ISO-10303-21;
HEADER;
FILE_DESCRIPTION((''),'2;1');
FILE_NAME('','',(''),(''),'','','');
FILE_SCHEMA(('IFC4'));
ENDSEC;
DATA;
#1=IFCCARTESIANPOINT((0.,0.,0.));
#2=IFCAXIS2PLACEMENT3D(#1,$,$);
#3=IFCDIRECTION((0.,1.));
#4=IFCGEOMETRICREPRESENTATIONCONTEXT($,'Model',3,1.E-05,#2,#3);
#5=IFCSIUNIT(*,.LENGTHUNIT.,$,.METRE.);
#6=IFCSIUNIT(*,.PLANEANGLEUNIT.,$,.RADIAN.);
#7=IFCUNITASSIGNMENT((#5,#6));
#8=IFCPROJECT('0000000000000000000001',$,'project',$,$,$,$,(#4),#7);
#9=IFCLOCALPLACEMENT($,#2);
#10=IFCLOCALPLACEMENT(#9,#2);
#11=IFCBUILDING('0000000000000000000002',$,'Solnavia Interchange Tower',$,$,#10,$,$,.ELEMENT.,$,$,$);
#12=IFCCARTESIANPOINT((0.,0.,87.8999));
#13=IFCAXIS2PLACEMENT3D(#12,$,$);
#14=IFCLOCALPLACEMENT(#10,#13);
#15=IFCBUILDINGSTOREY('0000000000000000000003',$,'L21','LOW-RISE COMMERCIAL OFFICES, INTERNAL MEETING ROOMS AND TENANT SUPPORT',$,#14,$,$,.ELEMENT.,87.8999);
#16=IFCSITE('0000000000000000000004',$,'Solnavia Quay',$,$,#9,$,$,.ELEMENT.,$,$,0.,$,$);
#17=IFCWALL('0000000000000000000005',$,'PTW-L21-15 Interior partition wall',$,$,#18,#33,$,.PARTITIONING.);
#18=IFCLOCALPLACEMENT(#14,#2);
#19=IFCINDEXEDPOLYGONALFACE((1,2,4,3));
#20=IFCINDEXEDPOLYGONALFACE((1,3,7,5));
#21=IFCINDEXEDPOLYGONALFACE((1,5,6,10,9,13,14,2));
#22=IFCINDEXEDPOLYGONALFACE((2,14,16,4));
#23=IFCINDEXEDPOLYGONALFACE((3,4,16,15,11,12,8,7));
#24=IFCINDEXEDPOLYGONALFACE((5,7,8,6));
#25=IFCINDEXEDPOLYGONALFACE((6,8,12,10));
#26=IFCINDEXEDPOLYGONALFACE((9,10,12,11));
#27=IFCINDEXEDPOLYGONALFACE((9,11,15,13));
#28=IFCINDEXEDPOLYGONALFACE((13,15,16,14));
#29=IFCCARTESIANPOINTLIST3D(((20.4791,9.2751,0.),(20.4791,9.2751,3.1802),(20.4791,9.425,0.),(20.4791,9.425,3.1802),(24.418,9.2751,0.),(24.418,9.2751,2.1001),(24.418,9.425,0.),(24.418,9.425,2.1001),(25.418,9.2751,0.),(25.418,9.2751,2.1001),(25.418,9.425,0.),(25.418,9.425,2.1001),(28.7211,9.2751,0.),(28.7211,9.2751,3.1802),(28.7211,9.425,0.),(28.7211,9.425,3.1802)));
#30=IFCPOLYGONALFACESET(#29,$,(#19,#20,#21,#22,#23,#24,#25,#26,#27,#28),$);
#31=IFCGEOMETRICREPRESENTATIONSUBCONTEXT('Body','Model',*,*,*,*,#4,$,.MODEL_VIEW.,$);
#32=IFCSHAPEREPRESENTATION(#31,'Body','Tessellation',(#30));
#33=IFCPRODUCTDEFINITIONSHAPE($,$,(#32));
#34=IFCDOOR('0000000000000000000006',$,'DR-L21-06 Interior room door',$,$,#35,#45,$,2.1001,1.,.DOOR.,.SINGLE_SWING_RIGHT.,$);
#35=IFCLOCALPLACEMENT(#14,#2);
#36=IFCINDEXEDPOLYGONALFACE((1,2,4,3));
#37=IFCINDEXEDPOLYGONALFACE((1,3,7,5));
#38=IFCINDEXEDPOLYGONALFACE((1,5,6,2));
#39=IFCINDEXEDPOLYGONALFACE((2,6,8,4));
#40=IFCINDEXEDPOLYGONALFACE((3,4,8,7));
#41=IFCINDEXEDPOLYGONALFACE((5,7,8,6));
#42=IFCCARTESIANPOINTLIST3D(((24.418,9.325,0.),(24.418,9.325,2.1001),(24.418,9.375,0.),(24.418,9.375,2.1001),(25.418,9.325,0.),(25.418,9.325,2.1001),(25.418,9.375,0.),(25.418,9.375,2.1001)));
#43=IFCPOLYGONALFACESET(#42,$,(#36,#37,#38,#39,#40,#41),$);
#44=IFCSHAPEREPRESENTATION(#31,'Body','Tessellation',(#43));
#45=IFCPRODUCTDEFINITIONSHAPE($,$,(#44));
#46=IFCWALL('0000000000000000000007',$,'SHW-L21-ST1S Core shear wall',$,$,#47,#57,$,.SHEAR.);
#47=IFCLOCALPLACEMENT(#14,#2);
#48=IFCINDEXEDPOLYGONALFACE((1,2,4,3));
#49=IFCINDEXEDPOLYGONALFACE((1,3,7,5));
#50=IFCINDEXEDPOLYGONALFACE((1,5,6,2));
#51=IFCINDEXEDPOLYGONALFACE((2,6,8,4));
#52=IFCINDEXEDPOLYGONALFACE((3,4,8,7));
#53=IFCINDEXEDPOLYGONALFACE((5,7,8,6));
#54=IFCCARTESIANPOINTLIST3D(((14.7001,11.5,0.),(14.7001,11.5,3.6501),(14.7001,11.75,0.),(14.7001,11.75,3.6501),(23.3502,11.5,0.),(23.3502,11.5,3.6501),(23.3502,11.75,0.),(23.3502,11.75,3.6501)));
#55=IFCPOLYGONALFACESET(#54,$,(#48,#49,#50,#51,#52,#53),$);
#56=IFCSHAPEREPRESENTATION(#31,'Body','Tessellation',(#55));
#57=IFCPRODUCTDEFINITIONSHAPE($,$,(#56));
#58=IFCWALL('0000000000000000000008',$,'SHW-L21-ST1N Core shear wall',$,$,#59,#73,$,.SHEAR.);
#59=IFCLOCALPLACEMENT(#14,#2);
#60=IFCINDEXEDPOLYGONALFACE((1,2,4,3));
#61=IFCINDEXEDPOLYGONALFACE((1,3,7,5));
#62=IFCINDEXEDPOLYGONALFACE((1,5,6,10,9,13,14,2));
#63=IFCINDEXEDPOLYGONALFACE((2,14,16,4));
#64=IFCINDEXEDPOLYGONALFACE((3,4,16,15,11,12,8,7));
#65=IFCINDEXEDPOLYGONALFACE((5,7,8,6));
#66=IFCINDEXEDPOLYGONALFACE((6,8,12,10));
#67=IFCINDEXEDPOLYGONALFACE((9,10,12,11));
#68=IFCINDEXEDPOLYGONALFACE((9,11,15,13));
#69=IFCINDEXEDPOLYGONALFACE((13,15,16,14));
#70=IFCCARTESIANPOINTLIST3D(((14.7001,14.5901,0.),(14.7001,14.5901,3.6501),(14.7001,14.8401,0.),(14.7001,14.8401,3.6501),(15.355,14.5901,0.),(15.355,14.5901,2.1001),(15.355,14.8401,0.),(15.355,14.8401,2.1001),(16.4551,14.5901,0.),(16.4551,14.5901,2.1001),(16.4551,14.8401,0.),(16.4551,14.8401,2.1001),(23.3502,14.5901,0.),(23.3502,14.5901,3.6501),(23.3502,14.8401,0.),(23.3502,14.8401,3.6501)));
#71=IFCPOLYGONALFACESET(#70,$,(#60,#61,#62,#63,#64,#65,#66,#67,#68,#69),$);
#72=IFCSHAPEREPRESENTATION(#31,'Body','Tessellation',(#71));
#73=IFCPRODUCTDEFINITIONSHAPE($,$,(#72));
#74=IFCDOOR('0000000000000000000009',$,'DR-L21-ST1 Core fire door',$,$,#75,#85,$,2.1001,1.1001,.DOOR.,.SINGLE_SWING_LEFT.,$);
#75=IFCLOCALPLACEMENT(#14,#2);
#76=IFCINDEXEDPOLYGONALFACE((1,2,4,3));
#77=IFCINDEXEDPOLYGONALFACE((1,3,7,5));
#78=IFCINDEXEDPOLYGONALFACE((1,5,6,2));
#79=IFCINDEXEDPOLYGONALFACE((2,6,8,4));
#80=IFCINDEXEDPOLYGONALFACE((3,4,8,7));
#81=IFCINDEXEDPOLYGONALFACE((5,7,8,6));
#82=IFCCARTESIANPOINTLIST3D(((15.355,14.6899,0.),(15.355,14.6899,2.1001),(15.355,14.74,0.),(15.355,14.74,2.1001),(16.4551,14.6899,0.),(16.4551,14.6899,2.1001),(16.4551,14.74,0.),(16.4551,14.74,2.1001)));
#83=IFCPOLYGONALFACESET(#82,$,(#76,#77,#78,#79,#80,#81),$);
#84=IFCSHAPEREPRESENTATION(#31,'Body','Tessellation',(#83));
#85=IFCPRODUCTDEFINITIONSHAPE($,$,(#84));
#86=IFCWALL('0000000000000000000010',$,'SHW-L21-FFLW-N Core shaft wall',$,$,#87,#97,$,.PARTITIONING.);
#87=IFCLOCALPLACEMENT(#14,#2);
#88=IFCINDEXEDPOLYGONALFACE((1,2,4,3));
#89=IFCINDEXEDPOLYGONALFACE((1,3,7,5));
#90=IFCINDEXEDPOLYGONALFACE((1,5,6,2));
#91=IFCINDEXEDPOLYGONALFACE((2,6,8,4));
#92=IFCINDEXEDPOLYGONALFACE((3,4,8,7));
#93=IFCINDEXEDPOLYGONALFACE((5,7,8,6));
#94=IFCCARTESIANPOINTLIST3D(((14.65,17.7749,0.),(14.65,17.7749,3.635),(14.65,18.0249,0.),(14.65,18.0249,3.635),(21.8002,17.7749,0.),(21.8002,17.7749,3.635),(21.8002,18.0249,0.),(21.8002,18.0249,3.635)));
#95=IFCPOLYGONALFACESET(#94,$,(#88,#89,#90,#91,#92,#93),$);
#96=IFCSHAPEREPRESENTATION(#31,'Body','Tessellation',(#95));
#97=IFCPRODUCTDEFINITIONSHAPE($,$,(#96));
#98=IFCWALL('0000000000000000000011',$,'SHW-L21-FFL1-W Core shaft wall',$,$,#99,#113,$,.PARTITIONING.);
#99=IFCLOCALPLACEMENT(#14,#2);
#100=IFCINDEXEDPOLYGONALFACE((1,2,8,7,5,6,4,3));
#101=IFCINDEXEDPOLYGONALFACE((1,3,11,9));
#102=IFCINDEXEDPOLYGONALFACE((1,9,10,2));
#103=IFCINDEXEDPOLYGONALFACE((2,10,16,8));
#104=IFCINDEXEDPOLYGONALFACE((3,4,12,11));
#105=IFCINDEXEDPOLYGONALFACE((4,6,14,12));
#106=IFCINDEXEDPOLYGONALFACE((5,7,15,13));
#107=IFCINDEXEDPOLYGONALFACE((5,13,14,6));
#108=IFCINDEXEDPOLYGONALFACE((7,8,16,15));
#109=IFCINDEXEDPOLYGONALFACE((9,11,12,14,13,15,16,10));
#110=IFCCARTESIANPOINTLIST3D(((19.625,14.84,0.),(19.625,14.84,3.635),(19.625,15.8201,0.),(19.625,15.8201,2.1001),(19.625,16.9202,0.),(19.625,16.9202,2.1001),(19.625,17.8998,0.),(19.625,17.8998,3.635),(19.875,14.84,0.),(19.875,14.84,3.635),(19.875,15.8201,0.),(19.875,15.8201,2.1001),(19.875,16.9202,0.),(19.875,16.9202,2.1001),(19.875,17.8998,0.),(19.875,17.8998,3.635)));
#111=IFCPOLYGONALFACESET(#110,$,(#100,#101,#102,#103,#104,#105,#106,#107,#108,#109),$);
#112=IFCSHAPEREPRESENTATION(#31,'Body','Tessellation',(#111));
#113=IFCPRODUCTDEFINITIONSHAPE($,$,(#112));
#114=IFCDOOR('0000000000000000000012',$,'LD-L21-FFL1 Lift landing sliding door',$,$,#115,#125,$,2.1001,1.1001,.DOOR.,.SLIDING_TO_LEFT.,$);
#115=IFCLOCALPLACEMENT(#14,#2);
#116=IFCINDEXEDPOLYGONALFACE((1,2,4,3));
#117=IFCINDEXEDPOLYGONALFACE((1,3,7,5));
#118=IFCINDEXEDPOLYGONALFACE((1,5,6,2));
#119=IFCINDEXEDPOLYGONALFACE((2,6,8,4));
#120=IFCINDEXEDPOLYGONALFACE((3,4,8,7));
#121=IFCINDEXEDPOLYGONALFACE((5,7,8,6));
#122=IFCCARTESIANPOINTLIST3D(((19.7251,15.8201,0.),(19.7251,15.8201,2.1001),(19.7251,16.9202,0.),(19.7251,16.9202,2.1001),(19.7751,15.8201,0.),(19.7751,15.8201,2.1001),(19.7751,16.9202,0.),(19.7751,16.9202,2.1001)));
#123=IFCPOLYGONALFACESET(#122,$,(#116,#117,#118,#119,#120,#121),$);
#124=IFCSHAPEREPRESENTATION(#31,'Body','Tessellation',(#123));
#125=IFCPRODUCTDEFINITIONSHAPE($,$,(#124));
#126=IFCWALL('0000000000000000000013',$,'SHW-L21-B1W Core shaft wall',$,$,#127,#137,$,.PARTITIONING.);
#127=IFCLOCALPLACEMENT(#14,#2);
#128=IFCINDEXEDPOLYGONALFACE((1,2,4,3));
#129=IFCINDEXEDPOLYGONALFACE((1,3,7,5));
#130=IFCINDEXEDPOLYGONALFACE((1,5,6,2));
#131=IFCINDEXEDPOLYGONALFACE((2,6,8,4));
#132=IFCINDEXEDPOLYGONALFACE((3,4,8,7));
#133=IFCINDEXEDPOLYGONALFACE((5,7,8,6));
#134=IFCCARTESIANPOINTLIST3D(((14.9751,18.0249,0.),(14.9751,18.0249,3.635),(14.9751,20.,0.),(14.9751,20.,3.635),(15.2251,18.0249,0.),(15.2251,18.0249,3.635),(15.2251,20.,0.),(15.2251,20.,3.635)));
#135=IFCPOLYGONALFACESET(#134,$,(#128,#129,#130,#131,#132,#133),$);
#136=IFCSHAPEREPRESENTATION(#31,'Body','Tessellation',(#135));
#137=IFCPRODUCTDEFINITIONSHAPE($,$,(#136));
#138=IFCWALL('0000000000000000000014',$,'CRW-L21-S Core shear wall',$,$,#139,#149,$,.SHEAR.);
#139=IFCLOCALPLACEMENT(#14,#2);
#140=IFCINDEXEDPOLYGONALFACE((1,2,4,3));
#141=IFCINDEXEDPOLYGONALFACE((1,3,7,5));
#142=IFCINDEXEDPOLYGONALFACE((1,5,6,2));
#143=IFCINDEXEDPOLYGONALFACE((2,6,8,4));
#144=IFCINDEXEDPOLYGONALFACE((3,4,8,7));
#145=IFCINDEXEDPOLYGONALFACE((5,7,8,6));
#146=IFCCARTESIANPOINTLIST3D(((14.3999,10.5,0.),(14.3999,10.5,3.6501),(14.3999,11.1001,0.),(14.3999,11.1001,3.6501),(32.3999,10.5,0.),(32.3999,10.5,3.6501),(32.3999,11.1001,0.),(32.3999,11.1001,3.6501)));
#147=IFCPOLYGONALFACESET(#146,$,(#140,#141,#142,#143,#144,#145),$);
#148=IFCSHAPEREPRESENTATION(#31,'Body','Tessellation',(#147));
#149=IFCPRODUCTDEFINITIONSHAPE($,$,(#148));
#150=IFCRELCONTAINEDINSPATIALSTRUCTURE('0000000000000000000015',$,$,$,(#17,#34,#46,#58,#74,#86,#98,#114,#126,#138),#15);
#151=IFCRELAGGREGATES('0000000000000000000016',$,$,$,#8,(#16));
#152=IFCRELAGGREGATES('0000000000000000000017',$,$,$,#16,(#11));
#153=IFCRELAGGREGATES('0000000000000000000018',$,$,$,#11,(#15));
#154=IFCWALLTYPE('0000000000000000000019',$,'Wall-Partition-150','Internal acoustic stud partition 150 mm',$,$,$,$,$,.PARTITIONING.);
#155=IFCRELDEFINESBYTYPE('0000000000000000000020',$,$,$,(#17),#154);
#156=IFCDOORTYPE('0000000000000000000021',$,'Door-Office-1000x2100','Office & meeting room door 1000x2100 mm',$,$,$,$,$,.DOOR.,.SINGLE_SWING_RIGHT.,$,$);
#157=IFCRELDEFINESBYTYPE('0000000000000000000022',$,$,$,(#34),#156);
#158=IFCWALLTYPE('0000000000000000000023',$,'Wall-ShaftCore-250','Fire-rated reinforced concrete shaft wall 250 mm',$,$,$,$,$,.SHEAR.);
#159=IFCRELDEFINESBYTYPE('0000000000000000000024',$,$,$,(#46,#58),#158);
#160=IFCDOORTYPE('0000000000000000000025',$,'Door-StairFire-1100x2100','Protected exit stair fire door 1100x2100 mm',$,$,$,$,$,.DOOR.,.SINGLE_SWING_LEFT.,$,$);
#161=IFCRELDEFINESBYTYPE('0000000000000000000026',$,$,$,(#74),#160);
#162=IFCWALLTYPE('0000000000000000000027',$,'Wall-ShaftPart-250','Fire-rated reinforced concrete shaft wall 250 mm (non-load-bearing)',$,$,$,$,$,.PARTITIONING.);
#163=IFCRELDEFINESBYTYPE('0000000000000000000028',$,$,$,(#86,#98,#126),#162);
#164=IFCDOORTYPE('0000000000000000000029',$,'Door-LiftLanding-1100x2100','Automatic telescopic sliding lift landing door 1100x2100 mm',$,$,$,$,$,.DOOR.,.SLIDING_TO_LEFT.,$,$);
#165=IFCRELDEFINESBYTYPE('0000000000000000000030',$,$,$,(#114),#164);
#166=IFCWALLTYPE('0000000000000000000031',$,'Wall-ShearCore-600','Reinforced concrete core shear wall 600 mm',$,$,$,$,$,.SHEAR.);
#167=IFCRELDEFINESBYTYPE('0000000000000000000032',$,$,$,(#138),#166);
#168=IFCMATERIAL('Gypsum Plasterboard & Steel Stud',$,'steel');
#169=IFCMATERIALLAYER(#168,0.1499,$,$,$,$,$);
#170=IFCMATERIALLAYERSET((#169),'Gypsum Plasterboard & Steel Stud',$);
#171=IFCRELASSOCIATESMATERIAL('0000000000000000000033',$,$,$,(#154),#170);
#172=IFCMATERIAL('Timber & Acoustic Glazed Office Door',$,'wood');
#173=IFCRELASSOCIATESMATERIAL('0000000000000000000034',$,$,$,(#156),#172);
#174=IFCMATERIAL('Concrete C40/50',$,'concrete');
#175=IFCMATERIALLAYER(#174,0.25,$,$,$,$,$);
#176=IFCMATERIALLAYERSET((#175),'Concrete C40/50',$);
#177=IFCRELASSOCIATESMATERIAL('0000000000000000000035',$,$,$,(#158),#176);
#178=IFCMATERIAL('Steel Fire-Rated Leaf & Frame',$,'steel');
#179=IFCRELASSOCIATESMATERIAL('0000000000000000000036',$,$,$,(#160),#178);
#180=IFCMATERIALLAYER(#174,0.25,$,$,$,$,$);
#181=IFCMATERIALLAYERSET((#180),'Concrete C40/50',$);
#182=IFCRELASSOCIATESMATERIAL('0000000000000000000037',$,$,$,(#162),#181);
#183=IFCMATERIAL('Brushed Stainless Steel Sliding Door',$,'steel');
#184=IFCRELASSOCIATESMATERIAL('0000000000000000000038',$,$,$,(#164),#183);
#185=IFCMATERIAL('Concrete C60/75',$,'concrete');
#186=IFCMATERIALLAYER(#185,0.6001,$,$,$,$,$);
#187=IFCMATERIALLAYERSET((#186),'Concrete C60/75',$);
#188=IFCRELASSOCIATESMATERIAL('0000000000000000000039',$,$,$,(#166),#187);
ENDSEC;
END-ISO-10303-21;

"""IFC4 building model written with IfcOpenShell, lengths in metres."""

from ifc_helpers import new_model, si_unit, direction, frame, frame_2d, origin, place, context, subcontext, project, spatial, rectangle, extrude, material, layer, layer_set, type_object, element, fill, save


model = new_model("IFC4")

# Units and contexts
model_context = context("Model", 3, precision=1e-05, world=origin(), true_north=direction((0.0, 1.0)))
body_context = subcontext(model_context, "Body", "Model", "MODEL_VIEW")
ifc_project = project(units=[si_unit("LENGTHUNIT", "METRE"), si_unit("PLANEANGLEUNIT", "RADIAN")], contexts=[model_context])

# Site, building, storey
site_placement = place(None, origin())
site = spatial("IfcSite", under=ifc_project, at=site_placement, Name="Solnavia Quay", CompositionType="ELEMENT", RefElevation=0.0)
building_placement = place(site_placement, origin())
building = spatial("IfcBuilding", under=site, at=building_placement, Name="Solnavia Interchange Tower", CompositionType="ELEMENT")
storey_placement = place(building_placement, frame((0.0, 0.0, 87.8999)))
storey = spatial("IfcBuildingStorey", under=building, at=storey_placement, Name="L21", Description="LOW-RISE COMMERCIAL OFFICES, INTERNAL MEETING ROOMS AND TENANT SUPPORT", CompositionType="ELEMENT", Elevation=87.8999)

# Shared definitions
ifc_material_1 = material(Name="Gypsum Plasterboard & Steel Stud", Category="steel")
ifc_layer_1 = layer(ifc_material_1, 0.1499)
ifc_layer_set_1 = layer_set([ifc_layer_1], Name="Gypsum Plasterboard & Steel Stud")
wall_type_1 = type_object("IfcWallType", Name="Wall-Partition-150", Description="Internal acoustic stud partition 150 mm", PredefinedType="PARTITIONING", material=ifc_layer_set_1)

# Wall, opening, door
wall_1_placement = place(storey_placement, frame((20.479, 9.3501, 0.0), z_axis=(0.0, 0.0, 1.0), x_axis=(1.0, 0.0, 0.0)))
wall_1 = element("IfcWall", 1, at=wall_1_placement, inside=storey, type_object=wall_type_1, Name="PTW-L21-15 Interior partition wall", PredefinedType="PARTITIONING", context=body_context, shape_type="SweptSolid", body=[
    extrude(rectangle(XDim=8.2419, YDim=0.1499, at=frame_2d((4.1211, 0.0))), origin(), (0.0, 0.0, 1.0), 3.1802),
])
opening_1_placement = place(wall_1_placement, frame((3.939, 0.0, 0.0)))
opening_1 = element("IfcOpeningElement", 2, at=opening_1_placement, cuts=wall_1, PredefinedType="OPENING", context=body_context, shape_type="SweptSolid", body=[
    extrude(rectangle(XDim=1.0, YDim=2.1001, at=frame_2d((0.5, 1.05))), frame((0.0, 0.085, 0.0), z_axis=(0.0, -1.0, 0.0), x_axis=(1.0, 0.0, 0.0)), (0.0, 0.0, 1.0), 0.1699),
])
ifc_material_2 = material(Name="Timber & Acoustic Glazed Office Door", Category="wood")
door_type_1 = type_object("IfcDoorType", Name="Door-Office-1000x2100", Description="Office & meeting room door 1000x2100 mm", OperationType="SINGLE_SWING_RIGHT", PredefinedType="DOOR", material=ifc_material_2)
door_1_placement = place(opening_1_placement, origin())
door_1 = element("IfcDoor", 3, at=door_1_placement, inside=storey, type_object=door_type_1, Name="DR-L21-06 Interior room door", OperationType="SINGLE_SWING_RIGHT", OverallHeight=2.1001, OverallWidth=1.0, PredefinedType="DOOR", context=body_context, shape_type="SweptSolid", body=[
    extrude(rectangle(XDim=1.0, YDim=2.1001, at=frame_2d((0.5, 1.05))), frame((0.0, 0.0249, 0.0), z_axis=(0.0, -1.0, 0.0), x_axis=(1.0, 0.0, 0.0)), (0.0, 0.0, 1.0), 0.05),
])
fill(opening_1, door_1)

# Wall
ifc_material_3 = material(Name="Concrete C40/50", Category="concrete")
ifc_layer_2 = layer(ifc_material_3, 0.25)
ifc_layer_set_2 = layer_set([ifc_layer_2], Name="Concrete C40/50")
wall_type_2 = type_object("IfcWallType", Name="Wall-ShaftCore-250", Description="Fire-rated reinforced concrete shaft wall 250 mm", PredefinedType="SHEAR", material=ifc_layer_set_2)
wall_2_placement = place(storey_placement, frame((14.7, 11.625, 0.0), z_axis=(0.0, 0.0, 1.0), x_axis=(1.0, 0.0, 0.0)))
element("IfcWall", 4, at=wall_2_placement, inside=storey, type_object=wall_type_2, Name="SHW-L21-ST1S Core shear wall", PredefinedType="SHEAR", context=body_context, shape_type="SweptSolid", body=[
    extrude(rectangle(XDim=8.6501, YDim=0.25, at=frame_2d((4.3252, 0.0))), origin(), (0.0, 0.0, 1.0), 3.6501),
])

# Wall, opening, door
wall_3_placement = place(storey_placement, frame((14.7, 14.7151, 0.0), z_axis=(0.0, 0.0, 1.0), x_axis=(1.0, 0.0, 0.0)))
wall_3 = element("IfcWall", 5, at=wall_3_placement, inside=storey, type_object=wall_type_2, Name="SHW-L21-ST1N Core shear wall", PredefinedType="SHEAR", context=body_context, shape_type="SweptSolid", body=[
    extrude(rectangle(XDim=8.6501, YDim=0.25, at=frame_2d((4.3252, 0.0))), origin(), (0.0, 0.0, 1.0), 3.6501),
])
opening_2_placement = place(wall_3_placement, frame((0.655, 0.0, 0.0)))
opening_2 = element("IfcOpeningElement", 6, at=opening_2_placement, cuts=wall_3, PredefinedType="OPENING", context=body_context, shape_type="SweptSolid", body=[
    extrude(rectangle(XDim=1.1001, YDim=2.1001, at=frame_2d((0.55, 1.05))), frame((0.0, 0.135, 0.0), z_axis=(0.0, -1.0, 0.0), x_axis=(1.0, 0.0, 0.0)), (0.0, 0.0, 1.0), 0.27),
])
ifc_material_4 = material(Name="Steel Fire-Rated Leaf & Frame", Category="steel")
door_type_2 = type_object("IfcDoorType", Name="Door-StairFire-1100x2100", Description="Protected exit stair fire door 1100x2100 mm", OperationType="SINGLE_SWING_LEFT", PredefinedType="DOOR", material=ifc_material_4)
door_2_placement = place(opening_2_placement, origin())
door_2 = element("IfcDoor", 7, at=door_2_placement, inside=storey, type_object=door_type_2, Name="DR-L21-ST1 Core fire door", OperationType="SINGLE_SWING_LEFT", OverallHeight=2.1001, OverallWidth=1.1001, PredefinedType="DOOR", context=body_context, shape_type="SweptSolid", body=[
    extrude(rectangle(XDim=1.1001, YDim=2.1001, at=frame_2d((0.55, 1.05))), frame((0.0, 0.0249, 0.0), z_axis=(0.0, -1.0, 0.0), x_axis=(1.0, 0.0, 0.0)), (0.0, 0.0, 1.0), 0.05),
])
fill(opening_2, door_2)

# Wall
ifc_layer_3 = layer(ifc_material_3, 0.25)
ifc_layer_set_3 = layer_set([ifc_layer_3], Name="Concrete C40/50")
wall_type_3 = type_object("IfcWallType", Name="Wall-ShaftPart-250", Description="Fire-rated reinforced concrete shaft wall 250 mm (non-load-bearing)", PredefinedType="PARTITIONING", material=ifc_layer_set_3)
wall_4_placement = place(storey_placement, frame((14.6499, 17.8999, 0.0), z_axis=(0.0, 0.0, 1.0), x_axis=(1.0, 0.0, 0.0)))
element("IfcWall", 8, at=wall_4_placement, inside=storey, type_object=wall_type_3, Name="SHW-L21-FFLW-N Core shaft wall", PredefinedType="PARTITIONING", context=body_context, shape_type="SweptSolid", body=[
    extrude(rectangle(XDim=7.1501, YDim=0.25, at=frame_2d((3.5752, 0.0))), origin(), (0.0, 0.0, 1.0), 3.635),
])

# Wall, opening, door
wall_5_placement = place(storey_placement, frame((19.75, 14.8401, 0.0), z_axis=(0.0, 0.0, 1.0), x_axis=(0.0, 1.0, 0.0)))
wall_5 = element("IfcWall", 9, at=wall_5_placement, inside=storey, type_object=wall_type_3, Name="SHW-L21-FFL1-W Core shaft wall", PredefinedType="PARTITIONING", context=body_context, shape_type="SweptSolid", body=[
    extrude(rectangle(XDim=3.0598, YDim=0.25, at=frame_2d((1.5298, 0.0))), origin(), (0.0, 0.0, 1.0), 3.635),
])
opening_3_placement = place(wall_5_placement, frame((0.98, 0.0, 0.0)))
opening_3 = element("IfcOpeningElement", 10, at=opening_3_placement, cuts=wall_5, PredefinedType="OPENING", context=body_context, shape_type="SweptSolid", body=[
    extrude(rectangle(XDim=1.1001, YDim=2.1001, at=frame_2d((0.55, 1.05))), frame((0.0, 0.135, 0.0), z_axis=(0.0, -1.0, 0.0), x_axis=(1.0, 0.0, 0.0)), (0.0, 0.0, 1.0), 0.27),
])
ifc_material_5 = material(Name="Brushed Stainless Steel Sliding Door", Category="steel")
door_type_3 = type_object("IfcDoorType", Name="Door-LiftLanding-1100x2100", Description="Automatic telescopic sliding lift landing door 1100x2100 mm", OperationType="SLIDING_TO_LEFT", PredefinedType="DOOR", material=ifc_material_5)
door_3_placement = place(opening_3_placement, origin())
door_3 = element("IfcDoor", 11, at=door_3_placement, inside=storey, type_object=door_type_3, Name="LD-L21-FFL1 Lift landing sliding door", OperationType="SLIDING_TO_LEFT", OverallHeight=2.1001, OverallWidth=1.1001, PredefinedType="DOOR", context=body_context, shape_type="SweptSolid", body=[
    extrude(rectangle(XDim=1.1001, YDim=2.1001, at=frame_2d((0.55, 1.05))), frame((0.0, 0.0249, 0.0), z_axis=(0.0, -1.0, 0.0), x_axis=(1.0, 0.0, 0.0)), (0.0, 0.0, 1.0), 0.05),
])
fill(opening_3, door_3)

# Walls
wall_6_placement = place(storey_placement, frame((15.1001, 18.0249, 0.0), z_axis=(0.0, 0.0, 1.0), x_axis=(0.0, 1.0, 0.0)))
element("IfcWall", 12, at=wall_6_placement, inside=storey, type_object=wall_type_3, Name="SHW-L21-B1W Core shaft wall", PredefinedType="PARTITIONING", context=body_context, shape_type="SweptSolid", body=[
    extrude(rectangle(XDim=1.9751, YDim=0.25, at=frame_2d((0.9875, 0.0))), origin(), (0.0, 0.0, 1.0), 3.635),
])
ifc_material_6 = material(Name="Concrete C60/75", Category="concrete")
ifc_layer_4 = layer(ifc_material_6, 0.6001)
ifc_layer_set_4 = layer_set([ifc_layer_4], Name="Concrete C60/75")
wall_type_4 = type_object("IfcWallType", Name="Wall-ShearCore-600", Description="Reinforced concrete core shear wall 600 mm", PredefinedType="SHEAR", material=ifc_layer_set_4)
wall_7_placement = place(storey_placement, frame((14.3999, 10.8, 0.0), z_axis=(0.0, 0.0, 1.0), x_axis=(1.0, 0.0, 0.0)))
element("IfcWall", 13, at=wall_7_placement, inside=storey, type_object=wall_type_4, Name="CRW-L21-S Core shear wall", PredefinedType="SHEAR", context=body_context, shape_type="SweptSolid", body=[
    extrude(rectangle(XDim=18.0, YDim=0.6001, at=frame_2d((9.0, 0.0))), origin(), (0.0, 0.0, 1.0), 3.6501),
])

save(model, "model.ifc")
